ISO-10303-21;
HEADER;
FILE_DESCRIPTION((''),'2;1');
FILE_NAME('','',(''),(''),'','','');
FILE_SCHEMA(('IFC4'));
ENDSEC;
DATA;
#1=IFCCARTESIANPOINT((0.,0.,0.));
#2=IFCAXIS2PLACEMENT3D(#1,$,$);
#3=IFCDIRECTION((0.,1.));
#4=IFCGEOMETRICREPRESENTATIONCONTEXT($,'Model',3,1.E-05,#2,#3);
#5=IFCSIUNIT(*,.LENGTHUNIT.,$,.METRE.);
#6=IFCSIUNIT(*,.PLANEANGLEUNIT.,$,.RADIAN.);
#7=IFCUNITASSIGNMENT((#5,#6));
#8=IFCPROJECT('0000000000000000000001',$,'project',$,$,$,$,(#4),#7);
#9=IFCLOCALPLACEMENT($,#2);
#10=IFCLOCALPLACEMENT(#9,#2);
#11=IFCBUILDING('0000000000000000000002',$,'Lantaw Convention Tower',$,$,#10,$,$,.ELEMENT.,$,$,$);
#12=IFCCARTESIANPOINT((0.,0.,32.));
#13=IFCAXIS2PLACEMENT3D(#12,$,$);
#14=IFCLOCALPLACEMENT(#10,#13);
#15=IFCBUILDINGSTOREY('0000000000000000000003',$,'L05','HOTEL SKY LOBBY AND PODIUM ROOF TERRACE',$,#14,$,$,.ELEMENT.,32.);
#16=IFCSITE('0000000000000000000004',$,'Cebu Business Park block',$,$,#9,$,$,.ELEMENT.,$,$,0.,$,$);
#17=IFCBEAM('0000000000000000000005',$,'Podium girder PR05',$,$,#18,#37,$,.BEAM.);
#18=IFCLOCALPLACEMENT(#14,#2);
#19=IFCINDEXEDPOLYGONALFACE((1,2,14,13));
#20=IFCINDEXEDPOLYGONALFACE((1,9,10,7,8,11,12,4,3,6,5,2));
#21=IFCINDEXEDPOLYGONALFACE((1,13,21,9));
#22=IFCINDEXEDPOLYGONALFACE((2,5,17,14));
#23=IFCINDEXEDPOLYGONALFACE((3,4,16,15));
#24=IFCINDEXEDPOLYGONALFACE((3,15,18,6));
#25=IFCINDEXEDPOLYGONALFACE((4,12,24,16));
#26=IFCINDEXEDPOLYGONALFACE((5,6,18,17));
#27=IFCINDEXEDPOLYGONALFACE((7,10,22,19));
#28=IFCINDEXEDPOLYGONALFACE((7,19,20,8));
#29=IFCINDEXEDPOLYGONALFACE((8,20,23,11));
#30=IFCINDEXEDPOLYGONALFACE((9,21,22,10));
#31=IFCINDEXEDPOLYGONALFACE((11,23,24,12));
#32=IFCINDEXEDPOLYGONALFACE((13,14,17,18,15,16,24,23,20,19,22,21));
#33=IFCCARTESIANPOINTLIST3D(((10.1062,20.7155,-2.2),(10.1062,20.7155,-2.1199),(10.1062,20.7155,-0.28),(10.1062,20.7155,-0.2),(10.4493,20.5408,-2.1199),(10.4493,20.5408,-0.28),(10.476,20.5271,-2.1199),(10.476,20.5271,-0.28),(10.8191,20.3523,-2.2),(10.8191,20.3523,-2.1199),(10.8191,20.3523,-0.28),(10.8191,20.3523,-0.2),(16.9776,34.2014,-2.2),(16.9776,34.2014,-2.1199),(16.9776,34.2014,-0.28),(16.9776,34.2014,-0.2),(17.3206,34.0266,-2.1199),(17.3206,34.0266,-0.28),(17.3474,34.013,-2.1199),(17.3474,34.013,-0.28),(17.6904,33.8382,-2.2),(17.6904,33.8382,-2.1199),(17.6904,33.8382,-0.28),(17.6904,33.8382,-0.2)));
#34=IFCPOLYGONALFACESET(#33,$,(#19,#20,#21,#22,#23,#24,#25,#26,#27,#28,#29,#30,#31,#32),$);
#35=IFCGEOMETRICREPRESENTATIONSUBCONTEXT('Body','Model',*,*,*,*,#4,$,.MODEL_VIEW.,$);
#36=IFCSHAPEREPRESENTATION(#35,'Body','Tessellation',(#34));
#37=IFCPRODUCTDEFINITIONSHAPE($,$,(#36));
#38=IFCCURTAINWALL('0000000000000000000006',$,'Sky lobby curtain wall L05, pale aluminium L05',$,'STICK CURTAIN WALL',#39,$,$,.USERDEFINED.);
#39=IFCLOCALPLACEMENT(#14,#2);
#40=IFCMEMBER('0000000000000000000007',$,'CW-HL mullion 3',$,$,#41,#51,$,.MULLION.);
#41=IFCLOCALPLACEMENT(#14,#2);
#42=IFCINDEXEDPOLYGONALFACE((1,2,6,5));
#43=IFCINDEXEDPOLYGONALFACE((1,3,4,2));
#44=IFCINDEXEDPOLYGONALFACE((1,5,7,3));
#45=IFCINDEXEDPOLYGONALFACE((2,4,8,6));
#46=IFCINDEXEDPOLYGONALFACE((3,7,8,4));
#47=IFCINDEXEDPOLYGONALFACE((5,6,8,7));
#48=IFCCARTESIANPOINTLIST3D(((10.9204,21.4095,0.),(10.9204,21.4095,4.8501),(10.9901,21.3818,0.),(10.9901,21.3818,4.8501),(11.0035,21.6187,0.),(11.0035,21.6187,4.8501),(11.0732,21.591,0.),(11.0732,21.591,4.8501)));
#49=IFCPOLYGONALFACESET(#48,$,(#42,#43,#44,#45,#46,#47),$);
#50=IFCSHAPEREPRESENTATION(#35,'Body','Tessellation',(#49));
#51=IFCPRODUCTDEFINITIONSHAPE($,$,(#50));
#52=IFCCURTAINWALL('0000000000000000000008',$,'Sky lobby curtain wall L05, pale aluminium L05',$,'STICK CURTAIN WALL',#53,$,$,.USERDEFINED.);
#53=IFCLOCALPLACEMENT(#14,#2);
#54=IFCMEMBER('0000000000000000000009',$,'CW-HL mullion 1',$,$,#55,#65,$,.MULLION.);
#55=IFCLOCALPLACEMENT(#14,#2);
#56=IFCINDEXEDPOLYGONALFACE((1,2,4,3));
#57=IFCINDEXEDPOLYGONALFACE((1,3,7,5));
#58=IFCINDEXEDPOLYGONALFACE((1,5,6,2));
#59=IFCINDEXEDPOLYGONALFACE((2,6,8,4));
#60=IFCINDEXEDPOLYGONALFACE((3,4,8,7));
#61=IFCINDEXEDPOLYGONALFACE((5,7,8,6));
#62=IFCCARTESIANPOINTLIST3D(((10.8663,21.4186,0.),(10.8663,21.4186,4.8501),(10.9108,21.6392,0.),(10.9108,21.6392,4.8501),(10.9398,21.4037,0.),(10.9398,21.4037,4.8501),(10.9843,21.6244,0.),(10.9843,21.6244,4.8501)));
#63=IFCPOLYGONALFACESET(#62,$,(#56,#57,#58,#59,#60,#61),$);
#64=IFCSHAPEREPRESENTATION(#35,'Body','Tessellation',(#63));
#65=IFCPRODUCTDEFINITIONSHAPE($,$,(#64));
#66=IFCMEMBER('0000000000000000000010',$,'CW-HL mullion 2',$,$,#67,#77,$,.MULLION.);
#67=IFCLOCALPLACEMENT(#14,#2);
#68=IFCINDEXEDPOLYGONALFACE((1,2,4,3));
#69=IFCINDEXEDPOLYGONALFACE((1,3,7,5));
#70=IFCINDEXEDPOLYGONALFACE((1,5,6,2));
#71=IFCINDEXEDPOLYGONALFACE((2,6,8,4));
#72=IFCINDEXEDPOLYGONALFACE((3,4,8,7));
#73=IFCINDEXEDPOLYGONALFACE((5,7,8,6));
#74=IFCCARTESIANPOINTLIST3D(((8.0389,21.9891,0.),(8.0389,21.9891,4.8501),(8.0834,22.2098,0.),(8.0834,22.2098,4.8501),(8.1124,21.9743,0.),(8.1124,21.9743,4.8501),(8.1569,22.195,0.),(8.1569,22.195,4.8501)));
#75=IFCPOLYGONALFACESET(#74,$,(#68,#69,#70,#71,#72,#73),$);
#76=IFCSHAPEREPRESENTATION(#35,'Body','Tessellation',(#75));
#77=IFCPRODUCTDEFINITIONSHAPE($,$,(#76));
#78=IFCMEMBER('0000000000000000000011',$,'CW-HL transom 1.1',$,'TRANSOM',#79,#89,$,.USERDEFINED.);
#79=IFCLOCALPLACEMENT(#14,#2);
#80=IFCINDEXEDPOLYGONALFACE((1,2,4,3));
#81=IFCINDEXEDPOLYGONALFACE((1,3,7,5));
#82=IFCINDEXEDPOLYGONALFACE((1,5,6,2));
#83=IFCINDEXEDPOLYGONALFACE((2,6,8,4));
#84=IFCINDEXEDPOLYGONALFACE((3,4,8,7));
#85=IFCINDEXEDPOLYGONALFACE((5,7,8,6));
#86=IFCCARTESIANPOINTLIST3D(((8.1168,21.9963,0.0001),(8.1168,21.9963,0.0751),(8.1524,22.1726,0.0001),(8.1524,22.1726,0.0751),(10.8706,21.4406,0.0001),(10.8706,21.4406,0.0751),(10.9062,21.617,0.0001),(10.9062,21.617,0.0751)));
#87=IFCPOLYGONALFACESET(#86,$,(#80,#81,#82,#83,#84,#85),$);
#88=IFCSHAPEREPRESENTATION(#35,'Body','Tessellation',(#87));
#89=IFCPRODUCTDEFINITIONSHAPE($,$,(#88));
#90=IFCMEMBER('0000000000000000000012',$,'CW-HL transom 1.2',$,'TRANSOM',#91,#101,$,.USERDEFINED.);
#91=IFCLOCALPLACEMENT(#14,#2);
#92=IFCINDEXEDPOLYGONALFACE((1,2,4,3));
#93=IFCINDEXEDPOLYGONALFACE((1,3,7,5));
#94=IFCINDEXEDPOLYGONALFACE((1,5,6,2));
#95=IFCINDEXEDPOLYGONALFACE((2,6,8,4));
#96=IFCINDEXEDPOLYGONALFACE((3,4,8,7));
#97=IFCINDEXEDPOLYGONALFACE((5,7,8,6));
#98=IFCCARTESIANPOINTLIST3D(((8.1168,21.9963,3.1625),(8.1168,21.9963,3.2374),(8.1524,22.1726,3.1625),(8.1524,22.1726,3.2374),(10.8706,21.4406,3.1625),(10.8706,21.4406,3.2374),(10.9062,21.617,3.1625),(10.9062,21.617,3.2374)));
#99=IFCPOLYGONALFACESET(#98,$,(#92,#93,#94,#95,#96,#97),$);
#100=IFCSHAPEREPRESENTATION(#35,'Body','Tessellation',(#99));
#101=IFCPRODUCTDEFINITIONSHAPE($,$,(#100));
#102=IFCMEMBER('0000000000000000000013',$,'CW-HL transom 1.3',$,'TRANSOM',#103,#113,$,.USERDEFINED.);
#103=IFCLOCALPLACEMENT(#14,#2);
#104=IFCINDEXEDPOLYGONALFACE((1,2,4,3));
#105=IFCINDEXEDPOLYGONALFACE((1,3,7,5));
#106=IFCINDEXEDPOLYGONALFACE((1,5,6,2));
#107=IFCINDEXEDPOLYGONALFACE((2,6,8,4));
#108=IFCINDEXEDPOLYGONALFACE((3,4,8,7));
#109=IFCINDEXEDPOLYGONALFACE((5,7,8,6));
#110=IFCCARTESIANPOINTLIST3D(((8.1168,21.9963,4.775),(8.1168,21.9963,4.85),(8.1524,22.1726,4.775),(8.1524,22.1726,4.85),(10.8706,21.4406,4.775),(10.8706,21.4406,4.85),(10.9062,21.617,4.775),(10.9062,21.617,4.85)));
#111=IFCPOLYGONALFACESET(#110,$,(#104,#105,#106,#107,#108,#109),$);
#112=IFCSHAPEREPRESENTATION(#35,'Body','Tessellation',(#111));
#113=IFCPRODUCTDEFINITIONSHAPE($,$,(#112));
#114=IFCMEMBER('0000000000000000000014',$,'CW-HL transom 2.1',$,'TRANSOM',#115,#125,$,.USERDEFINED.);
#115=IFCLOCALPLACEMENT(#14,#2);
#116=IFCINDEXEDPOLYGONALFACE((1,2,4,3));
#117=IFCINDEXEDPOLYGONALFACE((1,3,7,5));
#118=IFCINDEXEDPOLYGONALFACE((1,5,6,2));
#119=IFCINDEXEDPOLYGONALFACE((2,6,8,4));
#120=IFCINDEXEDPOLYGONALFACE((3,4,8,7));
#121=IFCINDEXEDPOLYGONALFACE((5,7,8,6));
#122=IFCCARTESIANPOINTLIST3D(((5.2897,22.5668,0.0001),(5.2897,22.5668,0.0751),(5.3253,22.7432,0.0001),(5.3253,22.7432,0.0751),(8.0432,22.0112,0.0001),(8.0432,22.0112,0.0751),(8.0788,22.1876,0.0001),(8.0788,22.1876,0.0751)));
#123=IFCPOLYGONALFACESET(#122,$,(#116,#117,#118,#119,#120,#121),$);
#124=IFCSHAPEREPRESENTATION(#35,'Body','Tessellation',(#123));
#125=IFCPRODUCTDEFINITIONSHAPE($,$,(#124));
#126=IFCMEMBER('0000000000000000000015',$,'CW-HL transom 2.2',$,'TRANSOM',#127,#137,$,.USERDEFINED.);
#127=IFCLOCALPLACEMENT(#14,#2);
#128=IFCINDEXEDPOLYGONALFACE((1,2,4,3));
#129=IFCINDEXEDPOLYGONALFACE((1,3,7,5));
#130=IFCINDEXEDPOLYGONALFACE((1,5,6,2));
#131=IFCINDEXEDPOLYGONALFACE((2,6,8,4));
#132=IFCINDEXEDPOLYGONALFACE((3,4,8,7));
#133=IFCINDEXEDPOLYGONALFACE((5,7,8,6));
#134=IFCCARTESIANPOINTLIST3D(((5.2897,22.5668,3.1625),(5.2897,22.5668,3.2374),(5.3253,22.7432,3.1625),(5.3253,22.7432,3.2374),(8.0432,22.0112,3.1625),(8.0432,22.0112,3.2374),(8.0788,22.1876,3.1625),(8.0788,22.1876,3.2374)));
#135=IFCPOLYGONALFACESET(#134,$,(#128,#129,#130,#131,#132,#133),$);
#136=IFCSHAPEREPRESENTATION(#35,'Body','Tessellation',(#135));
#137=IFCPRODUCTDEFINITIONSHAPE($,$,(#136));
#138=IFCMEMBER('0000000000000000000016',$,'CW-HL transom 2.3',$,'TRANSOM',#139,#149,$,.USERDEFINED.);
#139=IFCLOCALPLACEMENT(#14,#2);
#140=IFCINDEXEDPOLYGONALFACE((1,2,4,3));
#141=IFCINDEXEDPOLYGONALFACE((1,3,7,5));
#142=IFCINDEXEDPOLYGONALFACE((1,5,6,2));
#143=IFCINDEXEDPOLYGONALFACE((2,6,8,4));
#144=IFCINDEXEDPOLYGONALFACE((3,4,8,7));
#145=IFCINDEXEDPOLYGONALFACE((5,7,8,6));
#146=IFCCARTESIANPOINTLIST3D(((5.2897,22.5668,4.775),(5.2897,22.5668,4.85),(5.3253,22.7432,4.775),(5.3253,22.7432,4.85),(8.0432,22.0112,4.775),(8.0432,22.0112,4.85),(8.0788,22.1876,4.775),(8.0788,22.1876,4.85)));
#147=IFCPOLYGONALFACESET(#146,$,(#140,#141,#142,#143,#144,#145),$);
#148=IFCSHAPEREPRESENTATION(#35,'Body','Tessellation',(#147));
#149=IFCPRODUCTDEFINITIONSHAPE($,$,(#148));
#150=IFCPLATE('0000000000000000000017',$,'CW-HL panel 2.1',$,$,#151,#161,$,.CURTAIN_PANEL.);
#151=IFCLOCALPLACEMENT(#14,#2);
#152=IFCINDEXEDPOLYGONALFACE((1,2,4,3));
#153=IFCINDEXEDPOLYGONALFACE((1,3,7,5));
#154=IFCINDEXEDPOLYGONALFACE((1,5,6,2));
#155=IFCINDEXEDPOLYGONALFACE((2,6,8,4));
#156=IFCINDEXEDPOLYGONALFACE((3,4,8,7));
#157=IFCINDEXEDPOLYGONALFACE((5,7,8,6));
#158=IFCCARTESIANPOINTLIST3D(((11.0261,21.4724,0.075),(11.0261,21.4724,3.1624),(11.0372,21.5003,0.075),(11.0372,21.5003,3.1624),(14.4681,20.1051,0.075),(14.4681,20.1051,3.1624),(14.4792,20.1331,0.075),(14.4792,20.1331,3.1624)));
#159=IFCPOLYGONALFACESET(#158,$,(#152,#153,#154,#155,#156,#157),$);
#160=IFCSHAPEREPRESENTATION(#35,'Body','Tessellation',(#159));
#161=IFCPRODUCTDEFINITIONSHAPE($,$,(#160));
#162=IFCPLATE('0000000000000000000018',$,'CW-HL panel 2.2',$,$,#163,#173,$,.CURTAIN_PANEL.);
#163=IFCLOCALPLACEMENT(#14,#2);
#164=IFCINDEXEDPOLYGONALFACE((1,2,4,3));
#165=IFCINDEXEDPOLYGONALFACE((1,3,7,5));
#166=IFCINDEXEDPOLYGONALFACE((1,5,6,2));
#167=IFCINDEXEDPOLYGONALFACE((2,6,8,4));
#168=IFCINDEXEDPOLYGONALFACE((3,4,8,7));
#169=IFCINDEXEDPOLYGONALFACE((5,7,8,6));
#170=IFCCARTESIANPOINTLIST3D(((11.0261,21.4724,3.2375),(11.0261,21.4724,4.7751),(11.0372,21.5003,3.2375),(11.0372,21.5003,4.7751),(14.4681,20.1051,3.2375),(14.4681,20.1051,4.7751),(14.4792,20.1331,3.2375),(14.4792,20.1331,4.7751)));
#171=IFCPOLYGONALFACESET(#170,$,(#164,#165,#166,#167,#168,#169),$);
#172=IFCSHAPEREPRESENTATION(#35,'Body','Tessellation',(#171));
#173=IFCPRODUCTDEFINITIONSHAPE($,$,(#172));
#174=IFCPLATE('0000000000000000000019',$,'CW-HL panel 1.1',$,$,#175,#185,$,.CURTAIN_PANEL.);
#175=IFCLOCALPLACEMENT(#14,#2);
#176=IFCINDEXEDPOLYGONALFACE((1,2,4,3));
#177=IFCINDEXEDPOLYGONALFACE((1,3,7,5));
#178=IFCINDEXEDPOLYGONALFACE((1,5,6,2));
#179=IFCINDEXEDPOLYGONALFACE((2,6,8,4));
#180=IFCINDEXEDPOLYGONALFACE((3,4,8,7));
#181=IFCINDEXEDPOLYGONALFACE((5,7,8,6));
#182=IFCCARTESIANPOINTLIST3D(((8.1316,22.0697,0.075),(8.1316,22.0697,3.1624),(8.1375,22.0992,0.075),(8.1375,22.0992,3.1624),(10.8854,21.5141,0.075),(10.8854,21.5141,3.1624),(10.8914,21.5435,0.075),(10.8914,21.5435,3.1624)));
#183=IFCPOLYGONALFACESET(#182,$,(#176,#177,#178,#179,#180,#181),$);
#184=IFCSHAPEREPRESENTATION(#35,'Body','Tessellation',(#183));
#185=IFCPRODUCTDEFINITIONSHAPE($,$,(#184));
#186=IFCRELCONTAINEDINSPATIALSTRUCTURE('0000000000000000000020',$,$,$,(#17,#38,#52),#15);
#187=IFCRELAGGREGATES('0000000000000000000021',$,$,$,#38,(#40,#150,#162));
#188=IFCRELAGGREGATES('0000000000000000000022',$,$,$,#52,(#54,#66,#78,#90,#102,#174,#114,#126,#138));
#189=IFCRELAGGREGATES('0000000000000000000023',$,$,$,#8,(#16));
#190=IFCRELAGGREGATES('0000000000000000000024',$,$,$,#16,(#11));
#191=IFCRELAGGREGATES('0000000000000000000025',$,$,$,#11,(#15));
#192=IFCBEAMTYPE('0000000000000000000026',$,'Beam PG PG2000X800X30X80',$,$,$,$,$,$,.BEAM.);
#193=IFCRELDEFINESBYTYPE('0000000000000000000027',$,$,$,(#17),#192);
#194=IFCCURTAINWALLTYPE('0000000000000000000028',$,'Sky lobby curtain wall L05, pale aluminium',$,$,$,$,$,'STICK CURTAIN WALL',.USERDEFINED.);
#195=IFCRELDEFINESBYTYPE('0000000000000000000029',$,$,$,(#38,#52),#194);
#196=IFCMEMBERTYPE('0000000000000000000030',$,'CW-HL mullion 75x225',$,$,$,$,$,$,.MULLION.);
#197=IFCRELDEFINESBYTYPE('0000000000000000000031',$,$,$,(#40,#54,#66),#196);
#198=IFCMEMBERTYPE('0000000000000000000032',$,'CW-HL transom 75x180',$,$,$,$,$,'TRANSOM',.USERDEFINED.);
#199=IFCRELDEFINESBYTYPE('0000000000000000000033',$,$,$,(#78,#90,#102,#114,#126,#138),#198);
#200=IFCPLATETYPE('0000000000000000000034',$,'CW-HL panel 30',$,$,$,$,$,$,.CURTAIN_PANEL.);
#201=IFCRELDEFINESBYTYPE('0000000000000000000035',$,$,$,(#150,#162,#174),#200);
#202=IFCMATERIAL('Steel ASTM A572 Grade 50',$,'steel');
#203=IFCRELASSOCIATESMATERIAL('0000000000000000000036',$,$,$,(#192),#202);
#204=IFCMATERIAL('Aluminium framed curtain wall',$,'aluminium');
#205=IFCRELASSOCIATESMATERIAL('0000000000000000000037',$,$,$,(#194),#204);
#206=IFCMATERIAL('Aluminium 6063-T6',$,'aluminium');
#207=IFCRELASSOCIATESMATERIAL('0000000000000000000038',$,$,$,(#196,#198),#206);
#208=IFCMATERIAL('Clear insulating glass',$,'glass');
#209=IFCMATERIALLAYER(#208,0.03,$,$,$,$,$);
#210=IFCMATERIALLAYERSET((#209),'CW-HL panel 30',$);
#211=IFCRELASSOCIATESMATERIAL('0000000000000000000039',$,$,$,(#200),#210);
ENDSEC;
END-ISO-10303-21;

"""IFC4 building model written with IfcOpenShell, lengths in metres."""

from ifc_helpers import new_model, si_unit, direction, frame, origin, origin_2d, place, context, subcontext, project, spatial, rectangle, i_section, extrude, material, layer, layer_set, material_profile, profile_set, type_object, element, aggregate, save


model = new_model("IFC4")

# Units and contexts
model_context = context("Model", 3, precision=1e-05, world=origin(), true_north=direction((0.0, 1.0)))
body_context = subcontext(model_context, "Body", "Model", "MODEL_VIEW")
ifc_project = project(units=[si_unit("LENGTHUNIT", "METRE"), si_unit("PLANEANGLEUNIT", "RADIAN")], contexts=[model_context])

# Site, building, storey
site_placement = place(None, origin())
site = spatial("IfcSite", under=ifc_project, at=site_placement, Name="Cebu Business Park block", CompositionType="ELEMENT", RefElevation=0.0)
building_placement = place(site_placement, origin())
building = spatial("IfcBuilding", under=site, at=building_placement, Name="Lantaw Convention Tower", CompositionType="ELEMENT")
storey_placement = place(building_placement, frame((0.0, 0.0, 32.0)))
storey = spatial("IfcBuildingStorey", under=building, at=storey_placement, Name="L05", Description="HOTEL SKY LOBBY AND PODIUM ROOF TERRACE", CompositionType="ELEMENT", Elevation=32.0)

# Beam
ifc_material_1 = material(Name="Steel ASTM A572 Grade 50", Category="steel")
ifc_material_profile_1 = material_profile(ifc_material_1, i_section(OverallWidth=0.8, OverallDepth=2.0, WebThickness=0.03, FlangeThickness=0.0801, at=origin_2d()), Name="PG2000X800X30X80")
ifc_profile_set_1 = profile_set([ifc_material_profile_1], Name="Steel ASTM A572 Grade 50")
beam_type_1 = type_object("IfcBeamType", Name="Beam PG PG2000X800X30X80", PredefinedType="BEAM", material=ifc_profile_set_1)
beam_1_placement = place(storey_placement, frame((10.4626, 20.5339, -1.2), z_axis=(0.453988, 0.891008, 0.0), x_axis=(-0.891008, 0.453988, 0.0)))
element("IfcBeam", 1, at=beam_1_placement, inside=storey, type_object=beam_type_1, Name="Podium girder PR05", PredefinedType="BEAM", context=body_context, shape_type="SweptSolid", body=[
    extrude(i_section(OverallWidth=0.8, OverallDepth=2.0, WebThickness=0.03, FlangeThickness=0.0801, at=origin_2d()), origin(), (0.0, 0.0, 1.0), 15.1355),
])

# Curtain wall, member
ifc_material_2 = material(Name="Aluminium framed curtain wall", Category="aluminium")
curtain_wall_type = type_object("IfcCurtainWallType", Name="Sky lobby curtain wall L05, pale aluminium", ElementType="STICK CURTAIN WALL", PredefinedType="USERDEFINED", material=ifc_material_2)
curtain_wall_1_placement = place(storey_placement, origin())
curtain_wall_1 = element("IfcCurtainWall", 2, at=curtain_wall_1_placement, inside=storey, type_object=curtain_wall_type, Name="Sky lobby curtain wall L05, pale aluminium L05", ObjectType="STICK CURTAIN WALL", PredefinedType="USERDEFINED")
ifc_material_3 = material(Name="Aluminium 6063-T6", Category="aluminium")
ifc_material_profile_2 = material_profile(ifc_material_3, rectangle(XDim=0.2251, YDim=0.075, at=origin_2d()), Name="CW-HL mullion 75x225")
ifc_profile_set_2 = profile_set([ifc_material_profile_2], Name="Aluminium 6063-T6")
member_type_1 = type_object("IfcMemberType", Name="CW-HL mullion 75x225", PredefinedType="MULLION", material=ifc_profile_set_2)
member_1_placement = place(storey_placement, frame((10.9968, 21.5002, 0.0), z_axis=(0.0, 0.0, 1.0), x_axis=(-0.369172, -0.929361, 0.0)))
member_1 = element("IfcMember", 3, at=member_1_placement, type_object=member_type_1, Name="CW-HL mullion 3", PredefinedType="MULLION", context=body_context, shape_type="SweptSolid", body=[
    extrude(rectangle(XDim=0.2251, YDim=0.075, at=origin_2d()), origin(), (0.0, 0.0, 1.0), 4.8501),
])

# Curtain wall, members
curtain_wall_2_placement = place(storey_placement, origin())
curtain_wall_2 = element("IfcCurtainWall", 4, at=curtain_wall_2_placement, inside=storey, type_object=curtain_wall_type, Name="Sky lobby curtain wall L05, pale aluminium L05", ObjectType="STICK CURTAIN WALL", PredefinedType="USERDEFINED")
member_2_placement = place(storey_placement, frame((10.9253, 21.5215, 0.0), z_axis=(0.0, 0.0, 1.0), x_axis=(-0.197789, -0.980245, 0.0)))
member_2 = element("IfcMember", 5, at=member_2_placement, type_object=member_type_1, Name="CW-HL mullion 1", PredefinedType="MULLION", context=body_context, shape_type="SweptSolid", body=[
    extrude(rectangle(XDim=0.2251, YDim=0.075, at=origin_2d()), origin(), (0.0, 0.0, 1.0), 4.8501),
])
member_3_placement = place(storey_placement, frame((8.0979, 22.092, 0.0), z_axis=(0.0, 0.0, 1.0), x_axis=(-0.197789, -0.980245, 0.0)))
member_3 = element("IfcMember", 6, at=member_3_placement, type_object=member_type_1, Name="CW-HL mullion 2", PredefinedType="MULLION", context=body_context, shape_type="SweptSolid", body=[
    extrude(rectangle(XDim=0.2251, YDim=0.075, at=origin_2d()), origin(), (0.0, 0.0, 1.0), 4.8501),
])
ifc_material_profile_3 = material_profile(ifc_material_3, rectangle(XDim=0.1799, YDim=0.075, at=origin_2d()), Name="CW-HL transom 75x180")
ifc_profile_set_3 = profile_set([ifc_material_profile_3], Name="Aluminium 6063-T6")
member_type_2 = type_object("IfcMemberType", Name="CW-HL transom 75x180", ElementType="TRANSOM", PredefinedType="USERDEFINED", material=ifc_profile_set_3)
member_4_placement = place(storey_placement, frame((10.8884, 21.5288, 0.0376), z_axis=(-0.980245, 0.197787, 0.0), x_axis=(-0.197787, -0.980245, 0.0)))
member_4 = element("IfcMember", 7, at=member_4_placement, type_object=member_type_2, Name="CW-HL transom 1.1", ObjectType="TRANSOM", PredefinedType="USERDEFINED", context=body_context, shape_type="SweptSolid", body=[
    extrude(rectangle(XDim=0.1799, YDim=0.075, at=origin_2d()), origin(), (0.0, 0.0, 1.0), 2.8093),
])
member_5_placement = place(storey_placement, frame((10.8884, 21.5288, 3.2), z_axis=(-0.980245, 0.197787, 0.0), x_axis=(-0.197787, -0.980245, 0.0)))
member_5 = element("IfcMember", 8, at=member_5_placement, type_object=member_type_2, Name="CW-HL transom 1.2", ObjectType="TRANSOM", PredefinedType="USERDEFINED", context=body_context, shape_type="SweptSolid", body=[
    extrude(rectangle(XDim=0.1799, YDim=0.075, at=origin_2d()), origin(), (0.0, 0.0, 1.0), 2.8093),
])
member_6_placement = place(storey_placement, frame((10.8884, 21.5288, 4.8125), z_axis=(-0.980245, 0.197787, 0.0), x_axis=(-0.197787, -0.980245, 0.0)))
member_6 = element("IfcMember", 9, at=member_6_placement, type_object=member_type_2, Name="CW-HL transom 1.3", ObjectType="TRANSOM", PredefinedType="USERDEFINED", context=body_context, shape_type="SweptSolid", body=[
    extrude(rectangle(XDim=0.1799, YDim=0.075, at=origin_2d()), origin(), (0.0, 0.0, 1.0), 2.8093),
])
member_7_placement = place(storey_placement, frame((8.061, 22.0994, 0.0376), z_axis=(-0.980242, 0.197804, 0.0), x_axis=(-0.197804, -0.980242, 0.0)))
member_7 = element("IfcMember", 10, at=member_7_placement, type_object=member_type_2, Name="CW-HL transom 2.1", ObjectType="TRANSOM", PredefinedType="USERDEFINED", context=body_context, shape_type="SweptSolid", body=[
    extrude(rectangle(XDim=0.1799, YDim=0.075, at=origin_2d()), origin(), (0.0, 0.0, 1.0), 2.8091),
])
member_8_placement = place(storey_placement, frame((8.061, 22.0994, 3.2), z_axis=(-0.980242, 0.197804, 0.0), x_axis=(-0.197804, -0.980242, 0.0)))
member_8 = element("IfcMember", 11, at=member_8_placement, type_object=member_type_2, Name="CW-HL transom 2.2", ObjectType="TRANSOM", PredefinedType="USERDEFINED", context=body_context, shape_type="SweptSolid", body=[
    extrude(rectangle(XDim=0.1799, YDim=0.075, at=origin_2d()), origin(), (0.0, 0.0, 1.0), 2.8091),
])
member_9_placement = place(storey_placement, frame((8.061, 22.0994, 4.8125), z_axis=(-0.980242, 0.197804, 0.0), x_axis=(-0.197804, -0.980242, 0.0)))
member_9 = element("IfcMember", 12, at=member_9_placement, type_object=member_type_2, Name="CW-HL transom 2.3", ObjectType="TRANSOM", PredefinedType="USERDEFINED", context=body_context, shape_type="SweptSolid", body=[
    extrude(rectangle(XDim=0.1799, YDim=0.075, at=origin_2d()), origin(), (0.0, 0.0, 1.0), 2.8091),
])

# Plates
ifc_material_4 = material(Name="Clear insulating glass", Category="glass")
ifc_layer_1 = layer(ifc_material_4, 0.03)
ifc_layer_set_1 = layer_set([ifc_layer_1], Name="CW-HL panel 30")
plate_type = type_object("IfcPlateType", Name="CW-HL panel 30", PredefinedType="CURTAIN_PANEL", material=ifc_layer_set_1)
plate_1_placement = place(storey_placement, frame((12.7527, 20.8027, 0.075), z_axis=(0.0, 0.0, 1.0), x_axis=(-0.929361, 0.369172, 0.0)))
plate_1 = element("IfcPlate", 13, at=plate_1_placement, type_object=plate_type, Name="CW-HL panel 2.1", PredefinedType="CURTAIN_PANEL", context=body_context, shape_type="SweptSolid", body=[
    extrude(rectangle(XDim=3.7036, YDim=0.03, at=origin_2d()), origin(), (0.0, 0.0, 1.0), 3.0874),
])
plate_2_placement = place(storey_placement, frame((12.7527, 20.8027, 3.2375), z_axis=(0.0, 0.0, 1.0), x_axis=(-0.929361, 0.369172, 0.0)))
plate_2 = element("IfcPlate", 14, at=plate_2_placement, type_object=plate_type, Name="CW-HL panel 2.2", PredefinedType="CURTAIN_PANEL", context=body_context, shape_type="SweptSolid", body=[
    extrude(rectangle(XDim=3.7036, YDim=0.03, at=origin_2d()), origin(), (0.0, 0.0, 1.0), 1.5376),
])
aggregate(curtain_wall_1, [member_1, plate_1, plate_2])
plate_3_placement = place(storey_placement, frame((9.5115, 21.8066, 0.075), z_axis=(0.0, 0.0, 1.0), x_axis=(-0.980245, 0.197789, 0.0)))
plate_3 = element("IfcPlate", 15, at=plate_3_placement, type_object=plate_type, Name="CW-HL panel 1.1", PredefinedType="CURTAIN_PANEL", context=body_context, shape_type="SweptSolid", body=[
    extrude(rectangle(XDim=2.8093, YDim=0.03, at=origin_2d()), origin(), (0.0, 0.0, 1.0), 3.0874),
])
aggregate(curtain_wall_2, [member_2, member_3, member_4, member_5, member_6, plate_3, member_7, member_8, member_9])

save(model, "model.ifc")
